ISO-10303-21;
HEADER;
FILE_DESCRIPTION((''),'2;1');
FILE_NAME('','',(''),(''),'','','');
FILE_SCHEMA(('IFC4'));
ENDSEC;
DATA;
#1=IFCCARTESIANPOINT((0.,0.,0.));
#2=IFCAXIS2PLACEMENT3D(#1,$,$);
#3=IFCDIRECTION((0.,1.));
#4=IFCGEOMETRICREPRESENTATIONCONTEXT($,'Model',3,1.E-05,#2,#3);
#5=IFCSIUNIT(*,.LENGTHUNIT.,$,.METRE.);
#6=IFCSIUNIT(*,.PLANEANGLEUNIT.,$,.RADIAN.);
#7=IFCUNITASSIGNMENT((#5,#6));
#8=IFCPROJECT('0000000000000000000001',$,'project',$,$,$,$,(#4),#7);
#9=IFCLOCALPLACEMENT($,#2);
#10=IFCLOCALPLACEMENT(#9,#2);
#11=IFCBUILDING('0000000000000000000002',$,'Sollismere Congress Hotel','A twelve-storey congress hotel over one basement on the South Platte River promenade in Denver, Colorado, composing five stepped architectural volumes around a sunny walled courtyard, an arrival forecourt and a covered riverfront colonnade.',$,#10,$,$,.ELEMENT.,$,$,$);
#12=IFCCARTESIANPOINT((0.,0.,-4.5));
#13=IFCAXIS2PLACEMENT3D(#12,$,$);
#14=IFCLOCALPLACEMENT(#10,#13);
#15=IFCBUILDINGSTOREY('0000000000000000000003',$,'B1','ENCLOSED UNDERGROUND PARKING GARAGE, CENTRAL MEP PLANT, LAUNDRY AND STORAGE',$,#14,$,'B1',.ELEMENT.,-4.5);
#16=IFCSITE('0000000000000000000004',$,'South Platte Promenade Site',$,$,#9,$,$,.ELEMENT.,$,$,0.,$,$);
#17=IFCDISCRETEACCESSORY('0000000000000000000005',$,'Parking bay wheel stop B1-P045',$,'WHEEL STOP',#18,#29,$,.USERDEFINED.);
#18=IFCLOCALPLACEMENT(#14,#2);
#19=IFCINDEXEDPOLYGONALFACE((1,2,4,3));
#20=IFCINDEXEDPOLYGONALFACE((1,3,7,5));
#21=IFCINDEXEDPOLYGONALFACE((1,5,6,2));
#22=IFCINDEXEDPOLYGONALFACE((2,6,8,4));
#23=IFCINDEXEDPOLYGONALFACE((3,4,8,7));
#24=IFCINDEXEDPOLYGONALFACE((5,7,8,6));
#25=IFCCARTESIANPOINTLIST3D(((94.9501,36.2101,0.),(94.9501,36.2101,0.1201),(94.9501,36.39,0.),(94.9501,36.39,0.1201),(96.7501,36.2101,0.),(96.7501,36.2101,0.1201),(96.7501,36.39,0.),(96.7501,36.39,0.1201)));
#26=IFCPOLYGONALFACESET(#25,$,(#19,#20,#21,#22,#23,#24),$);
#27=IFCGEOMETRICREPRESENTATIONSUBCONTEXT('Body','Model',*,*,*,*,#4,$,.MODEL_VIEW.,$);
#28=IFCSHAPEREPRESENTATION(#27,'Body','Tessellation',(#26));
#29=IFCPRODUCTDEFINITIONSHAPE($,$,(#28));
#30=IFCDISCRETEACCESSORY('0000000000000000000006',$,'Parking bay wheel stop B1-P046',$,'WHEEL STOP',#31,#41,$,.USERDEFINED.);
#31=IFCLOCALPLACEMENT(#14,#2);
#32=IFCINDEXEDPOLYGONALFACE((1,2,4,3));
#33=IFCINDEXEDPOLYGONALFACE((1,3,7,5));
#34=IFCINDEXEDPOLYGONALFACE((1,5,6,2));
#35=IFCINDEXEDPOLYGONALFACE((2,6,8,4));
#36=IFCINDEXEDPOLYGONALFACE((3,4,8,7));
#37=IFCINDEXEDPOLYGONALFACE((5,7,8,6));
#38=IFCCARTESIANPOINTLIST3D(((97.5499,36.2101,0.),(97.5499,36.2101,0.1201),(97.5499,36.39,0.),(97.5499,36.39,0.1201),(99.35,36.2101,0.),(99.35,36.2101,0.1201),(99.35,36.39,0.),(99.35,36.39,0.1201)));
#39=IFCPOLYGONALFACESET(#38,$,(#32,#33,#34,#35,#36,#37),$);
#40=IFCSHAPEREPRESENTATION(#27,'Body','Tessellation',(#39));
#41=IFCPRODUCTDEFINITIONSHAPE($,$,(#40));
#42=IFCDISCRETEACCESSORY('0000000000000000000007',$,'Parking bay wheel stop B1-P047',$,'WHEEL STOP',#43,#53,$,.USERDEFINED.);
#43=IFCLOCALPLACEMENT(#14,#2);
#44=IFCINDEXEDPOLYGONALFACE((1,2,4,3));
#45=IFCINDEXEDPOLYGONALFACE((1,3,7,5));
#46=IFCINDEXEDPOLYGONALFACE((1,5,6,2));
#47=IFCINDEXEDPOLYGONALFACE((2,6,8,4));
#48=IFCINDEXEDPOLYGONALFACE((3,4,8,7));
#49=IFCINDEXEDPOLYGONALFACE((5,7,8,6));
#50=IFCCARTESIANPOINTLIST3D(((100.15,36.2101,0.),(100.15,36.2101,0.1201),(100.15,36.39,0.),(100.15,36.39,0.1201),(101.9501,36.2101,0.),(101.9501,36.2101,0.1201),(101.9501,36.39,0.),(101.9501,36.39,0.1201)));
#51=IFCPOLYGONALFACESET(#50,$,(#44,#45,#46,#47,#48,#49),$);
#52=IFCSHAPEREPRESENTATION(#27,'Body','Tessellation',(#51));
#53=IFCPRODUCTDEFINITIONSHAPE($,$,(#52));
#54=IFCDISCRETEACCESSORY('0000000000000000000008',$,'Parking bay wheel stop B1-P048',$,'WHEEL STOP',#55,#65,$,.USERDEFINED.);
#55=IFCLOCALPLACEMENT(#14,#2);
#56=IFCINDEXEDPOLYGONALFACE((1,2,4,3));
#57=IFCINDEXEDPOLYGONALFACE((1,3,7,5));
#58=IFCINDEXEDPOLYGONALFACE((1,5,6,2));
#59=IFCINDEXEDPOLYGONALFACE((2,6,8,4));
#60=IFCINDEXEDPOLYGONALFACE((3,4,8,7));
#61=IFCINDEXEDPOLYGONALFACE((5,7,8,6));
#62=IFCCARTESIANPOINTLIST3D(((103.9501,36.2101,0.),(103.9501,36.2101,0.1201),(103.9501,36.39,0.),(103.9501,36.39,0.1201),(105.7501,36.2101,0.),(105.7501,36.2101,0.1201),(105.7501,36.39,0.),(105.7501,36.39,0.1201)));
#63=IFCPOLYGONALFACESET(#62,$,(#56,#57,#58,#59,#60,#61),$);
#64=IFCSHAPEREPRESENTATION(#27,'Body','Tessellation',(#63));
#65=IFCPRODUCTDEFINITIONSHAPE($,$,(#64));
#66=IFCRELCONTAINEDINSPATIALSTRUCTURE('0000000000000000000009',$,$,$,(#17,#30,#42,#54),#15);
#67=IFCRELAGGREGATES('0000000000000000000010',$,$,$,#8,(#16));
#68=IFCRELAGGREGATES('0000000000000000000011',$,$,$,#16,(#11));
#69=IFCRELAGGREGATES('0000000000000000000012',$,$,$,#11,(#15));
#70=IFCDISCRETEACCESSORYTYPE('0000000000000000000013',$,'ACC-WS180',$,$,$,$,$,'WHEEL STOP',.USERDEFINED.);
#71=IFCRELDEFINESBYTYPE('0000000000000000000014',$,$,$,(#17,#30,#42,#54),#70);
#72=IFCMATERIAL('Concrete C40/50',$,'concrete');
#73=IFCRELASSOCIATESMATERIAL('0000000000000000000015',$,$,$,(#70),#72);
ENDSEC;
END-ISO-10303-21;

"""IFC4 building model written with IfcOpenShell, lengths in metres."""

from ifc_helpers import new_model, si_unit, direction, frame, origin, origin_2d, place, context, subcontext, project, spatial, rectangle, extrude, material, type_object, element, save


model = new_model("IFC4")

# Units and contexts
model_context = context("Model", 3, precision=1e-05, world=origin(), true_north=direction((0.0, 1.0)))
body_context = subcontext(model_context, "Body", "Model", "MODEL_VIEW")
ifc_project = project(units=[si_unit("LENGTHUNIT", "METRE"), si_unit("PLANEANGLEUNIT", "RADIAN")], contexts=[model_context])

# Site, building, storey
site_placement = place(None, origin())
site = spatial("IfcSite", under=ifc_project, at=site_placement, Name="South Platte Promenade Site", CompositionType="ELEMENT", RefElevation=0.0)
building_placement = place(site_placement, origin())
building = spatial("IfcBuilding", under=site, at=building_placement, Name="Sollismere Congress Hotel", Description="A twelve-storey congress hotel over one basement on the South Platte River promenade in Denver, Colorado, composing five stepped architectural volumes around a sunny walled courtyard, an arrival forecourt and a covered riverfront colonnade.", CompositionType="ELEMENT")
storey_placement = place(building_placement, frame((0.0, 0.0, -4.5)))
storey = spatial("IfcBuildingStorey", under=building, at=storey_placement, Name="B1", Description="ENCLOSED UNDERGROUND PARKING GARAGE, CENTRAL MEP PLANT, LAUNDRY AND STORAGE", LongName="B1", CompositionType="ELEMENT", Elevation=-4.5)

# Shared definitions
ifc_material_1 = material(Name="Concrete C40/50", Category="concrete")

# Discrete accessories
discrete_accessory_type = type_object("IfcDiscreteAccessoryType", Name="ACC-WS180", ElementType="WHEEL STOP", PredefinedType="USERDEFINED", material=ifc_material_1)
for number, where, z_axis, x_axis, name in (
    (1, (95.8501, 36.3, 0.0), (0.0, 0.0, 1.0), (1.0, 0.0, 0.0), "Parking bay wheel stop B1-P045"),
    (2, (98.45, 36.3, 0.0), (0.0, 0.0, 1.0), (1.0, 0.0, 0.0), "Parking bay wheel stop B1-P046"),
    (3, (101.05, 36.3, 0.0), (0.0, 0.0, 1.0), (1.0, 0.0, 0.0), "Parking bay wheel stop B1-P047"),
    (4, (104.8501, 36.3, 0.0), (0.0, 0.0, 1.0), (1.0, 0.0, 0.0), "Parking bay wheel stop B1-P048"),
):
    element("IfcDiscreteAccessory", number, at=place(storey_placement, frame(where, z_axis=z_axis, x_axis=x_axis)), inside=storey, type_object=discrete_accessory_type, Name=name, ObjectType="WHEEL STOP", PredefinedType="USERDEFINED", context=body_context, shape_type="SweptSolid", body=[
        extrude(rectangle(XDim=1.8, YDim=0.1799, at=origin_2d()), origin(), (0.0, 0.0, 1.0), 0.1201),
    ])

save(model, "model.ifc")
